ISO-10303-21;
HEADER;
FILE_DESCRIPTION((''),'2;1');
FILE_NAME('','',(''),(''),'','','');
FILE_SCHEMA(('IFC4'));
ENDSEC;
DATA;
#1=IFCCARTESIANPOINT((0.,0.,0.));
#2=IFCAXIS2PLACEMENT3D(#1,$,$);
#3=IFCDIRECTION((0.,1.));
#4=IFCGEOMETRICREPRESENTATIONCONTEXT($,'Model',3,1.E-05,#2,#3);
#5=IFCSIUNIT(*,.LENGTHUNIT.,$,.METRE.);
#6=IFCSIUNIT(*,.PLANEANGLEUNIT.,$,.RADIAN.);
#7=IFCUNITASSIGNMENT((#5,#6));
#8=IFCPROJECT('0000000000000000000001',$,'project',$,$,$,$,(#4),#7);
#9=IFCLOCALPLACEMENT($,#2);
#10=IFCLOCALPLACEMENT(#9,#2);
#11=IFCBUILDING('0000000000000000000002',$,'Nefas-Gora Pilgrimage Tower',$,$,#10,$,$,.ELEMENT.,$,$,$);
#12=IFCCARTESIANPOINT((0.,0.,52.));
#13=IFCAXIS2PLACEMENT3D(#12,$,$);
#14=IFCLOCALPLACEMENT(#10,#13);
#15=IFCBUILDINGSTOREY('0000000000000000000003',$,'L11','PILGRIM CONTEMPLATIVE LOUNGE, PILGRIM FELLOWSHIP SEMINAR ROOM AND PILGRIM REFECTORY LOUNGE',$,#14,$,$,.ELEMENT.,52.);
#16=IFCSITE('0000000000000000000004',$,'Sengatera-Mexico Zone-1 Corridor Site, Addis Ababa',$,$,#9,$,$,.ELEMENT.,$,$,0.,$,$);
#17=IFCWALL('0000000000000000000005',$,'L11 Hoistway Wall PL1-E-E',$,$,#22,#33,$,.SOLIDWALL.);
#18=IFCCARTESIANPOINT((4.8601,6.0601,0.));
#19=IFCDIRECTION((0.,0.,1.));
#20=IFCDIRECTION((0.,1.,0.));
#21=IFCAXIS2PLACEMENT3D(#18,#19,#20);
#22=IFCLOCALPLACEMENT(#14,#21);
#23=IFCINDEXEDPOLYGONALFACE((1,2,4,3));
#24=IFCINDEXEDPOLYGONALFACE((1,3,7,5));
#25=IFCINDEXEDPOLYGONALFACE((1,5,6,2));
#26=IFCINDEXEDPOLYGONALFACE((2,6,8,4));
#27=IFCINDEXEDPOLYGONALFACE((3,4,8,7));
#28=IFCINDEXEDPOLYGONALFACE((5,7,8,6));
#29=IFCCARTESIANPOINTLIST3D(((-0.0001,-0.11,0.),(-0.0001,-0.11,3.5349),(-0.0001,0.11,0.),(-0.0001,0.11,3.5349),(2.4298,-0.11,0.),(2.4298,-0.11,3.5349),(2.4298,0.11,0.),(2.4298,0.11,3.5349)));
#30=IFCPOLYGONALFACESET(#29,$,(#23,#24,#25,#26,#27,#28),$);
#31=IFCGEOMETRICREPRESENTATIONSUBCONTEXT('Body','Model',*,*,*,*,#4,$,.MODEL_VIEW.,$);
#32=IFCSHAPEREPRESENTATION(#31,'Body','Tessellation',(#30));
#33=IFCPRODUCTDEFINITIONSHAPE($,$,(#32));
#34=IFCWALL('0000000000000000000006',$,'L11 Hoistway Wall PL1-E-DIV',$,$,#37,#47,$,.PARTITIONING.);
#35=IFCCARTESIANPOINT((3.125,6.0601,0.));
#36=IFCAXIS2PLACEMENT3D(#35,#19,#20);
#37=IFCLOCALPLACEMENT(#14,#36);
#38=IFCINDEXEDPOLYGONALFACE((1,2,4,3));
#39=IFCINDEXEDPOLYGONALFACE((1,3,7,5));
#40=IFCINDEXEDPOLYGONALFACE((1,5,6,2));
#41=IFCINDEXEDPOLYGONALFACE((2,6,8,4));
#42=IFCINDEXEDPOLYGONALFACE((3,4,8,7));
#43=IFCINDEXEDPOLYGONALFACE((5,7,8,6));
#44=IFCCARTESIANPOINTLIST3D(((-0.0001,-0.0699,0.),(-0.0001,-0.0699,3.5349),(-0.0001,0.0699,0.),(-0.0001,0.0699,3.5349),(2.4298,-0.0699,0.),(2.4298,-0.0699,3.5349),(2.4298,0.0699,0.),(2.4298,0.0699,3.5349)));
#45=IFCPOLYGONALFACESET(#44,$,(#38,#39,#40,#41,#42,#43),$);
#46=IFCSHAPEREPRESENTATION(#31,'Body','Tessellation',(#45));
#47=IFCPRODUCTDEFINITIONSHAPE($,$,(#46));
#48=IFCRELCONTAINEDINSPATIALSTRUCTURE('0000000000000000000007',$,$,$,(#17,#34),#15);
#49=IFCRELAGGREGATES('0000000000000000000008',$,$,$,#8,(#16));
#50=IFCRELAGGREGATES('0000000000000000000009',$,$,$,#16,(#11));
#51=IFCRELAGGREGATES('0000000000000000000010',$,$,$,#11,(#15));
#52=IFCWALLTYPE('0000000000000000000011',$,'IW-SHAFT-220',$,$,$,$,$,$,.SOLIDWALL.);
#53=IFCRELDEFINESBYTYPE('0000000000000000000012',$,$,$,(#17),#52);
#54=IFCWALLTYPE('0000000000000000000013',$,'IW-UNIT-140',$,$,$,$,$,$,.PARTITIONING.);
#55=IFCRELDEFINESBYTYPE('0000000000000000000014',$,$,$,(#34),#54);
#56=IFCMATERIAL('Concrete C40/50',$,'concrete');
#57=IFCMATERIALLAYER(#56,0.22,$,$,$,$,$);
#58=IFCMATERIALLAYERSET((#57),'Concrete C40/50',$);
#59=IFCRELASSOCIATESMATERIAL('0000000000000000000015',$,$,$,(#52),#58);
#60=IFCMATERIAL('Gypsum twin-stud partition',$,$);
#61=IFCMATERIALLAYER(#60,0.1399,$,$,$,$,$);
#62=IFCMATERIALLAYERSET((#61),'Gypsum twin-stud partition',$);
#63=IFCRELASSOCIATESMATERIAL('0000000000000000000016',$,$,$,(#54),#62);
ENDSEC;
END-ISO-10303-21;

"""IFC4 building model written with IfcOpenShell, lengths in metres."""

from ifc_helpers import new_model, si_unit, direction, frame, frame_2d, origin, place, context, subcontext, project, spatial, rectangle, extrude, source, transform, mapped, material, layer, layer_set, type_object, element, save


model = new_model("IFC4")

# Units and contexts
model_context = context("Model", 3, precision=1e-05, world=origin(), true_north=direction((0.0, 1.0)))
body_context = subcontext(model_context, "Body", "Model", "MODEL_VIEW")
ifc_project = project(units=[si_unit("LENGTHUNIT", "METRE"), si_unit("PLANEANGLEUNIT", "RADIAN")], contexts=[model_context])

# Site, building, storey
site_placement = place(None, origin())
site = spatial("IfcSite", under=ifc_project, at=site_placement, Name="Sengatera-Mexico Zone-1 Corridor Site, Addis Ababa", CompositionType="ELEMENT", RefElevation=0.0)
building_placement = place(site_placement, origin())
building = spatial("IfcBuilding", under=site, at=building_placement, Name="Nefas-Gora Pilgrimage Tower", CompositionType="ELEMENT")
storey_placement = place(building_placement, frame((0.0, 0.0, 52.0)))
storey = spatial("IfcBuildingStorey", under=building, at=storey_placement, Name="L11", Description="PILGRIM CONTEMPLATIVE LOUNGE, PILGRIM FELLOWSHIP SEMINAR ROOM AND PILGRIM REFECTORY LOUNGE", CompositionType="ELEMENT", Elevation=52.0)

# Shared definitions
ifc_material_1 = material(Name="Concrete C40/50", Category="concrete")
ifc_layer_1 = layer(ifc_material_1, 0.22)
ifc_layer_set_1 = layer_set([ifc_layer_1], Name="Concrete C40/50")
wall_type_1 = type_object("IfcWallType", Name="IW-SHAFT-220", PredefinedType="SOLIDWALL", material=ifc_layer_set_1)

# Walls
shared_shape_1 = source(origin(), body_context, "Body", "SweptSolid", [
    extrude(rectangle(XDim=2.4299, YDim=0.22, at=frame_2d((1.2148, 0.0))), origin(), (0.0, 0.0, 1.0), 3.5349),
])
for number, where, z_axis, x_axis, name in (
    (1, (4.8601, 6.0601, 0.0), (0.0, 0.0, 1.0), (0.0, 1.0, 0.0), "L11 Hoistway Wall PL1-E-E"),
):
    element("IfcWall", number, at=place(storey_placement, frame(where, z_axis=z_axis, x_axis=x_axis)), inside=storey, type_object=wall_type_1, Name=name, PredefinedType="SOLIDWALL", context=body_context, shape_type="MappedRepresentation", body=[
        mapped(shared_shape_1, transform((0.0, 0.0, 0.0), x_axis=(1.0, 0.0, 0.0), y_axis=(0.0, 1.0, 0.0), z_axis=(0.0, 0.0, 1.0), scale=1.0)),
    ])
ifc_material_2 = material(Name="Gypsum twin-stud partition")
ifc_layer_2 = layer(ifc_material_2, 0.1399)
ifc_layer_set_2 = layer_set([ifc_layer_2], Name="Gypsum twin-stud partition")
wall_type_2 = type_object("IfcWallType", Name="IW-UNIT-140", PredefinedType="PARTITIONING", material=ifc_layer_set_2)
shared_shape_2 = source(origin(), body_context, "Body", "SweptSolid", [
    extrude(rectangle(XDim=2.4299, YDim=0.1399, at=frame_2d((1.2148, 0.0))), origin(), (0.0, 0.0, 1.0), 3.5349),
])
wall_1_placement = place(storey_placement, frame((3.125, 6.0601, 0.0), z_axis=(0.0, 0.0, 1.0), x_axis=(0.0, 1.0, 0.0)))
element("IfcWall", 2, at=wall_1_placement, inside=storey, type_object=wall_type_2, Name="L11 Hoistway Wall PL1-E-DIV", PredefinedType="PARTITIONING", context=body_context, shape_type="MappedRepresentation", body=[
    mapped(shared_shape_2, transform((0.0, 0.0, 0.0), x_axis=(1.0, 0.0, 0.0), y_axis=(0.0, 1.0, 0.0), z_axis=(0.0, 0.0, 1.0), scale=1.0)),
])

save(model, "model.ifc")
